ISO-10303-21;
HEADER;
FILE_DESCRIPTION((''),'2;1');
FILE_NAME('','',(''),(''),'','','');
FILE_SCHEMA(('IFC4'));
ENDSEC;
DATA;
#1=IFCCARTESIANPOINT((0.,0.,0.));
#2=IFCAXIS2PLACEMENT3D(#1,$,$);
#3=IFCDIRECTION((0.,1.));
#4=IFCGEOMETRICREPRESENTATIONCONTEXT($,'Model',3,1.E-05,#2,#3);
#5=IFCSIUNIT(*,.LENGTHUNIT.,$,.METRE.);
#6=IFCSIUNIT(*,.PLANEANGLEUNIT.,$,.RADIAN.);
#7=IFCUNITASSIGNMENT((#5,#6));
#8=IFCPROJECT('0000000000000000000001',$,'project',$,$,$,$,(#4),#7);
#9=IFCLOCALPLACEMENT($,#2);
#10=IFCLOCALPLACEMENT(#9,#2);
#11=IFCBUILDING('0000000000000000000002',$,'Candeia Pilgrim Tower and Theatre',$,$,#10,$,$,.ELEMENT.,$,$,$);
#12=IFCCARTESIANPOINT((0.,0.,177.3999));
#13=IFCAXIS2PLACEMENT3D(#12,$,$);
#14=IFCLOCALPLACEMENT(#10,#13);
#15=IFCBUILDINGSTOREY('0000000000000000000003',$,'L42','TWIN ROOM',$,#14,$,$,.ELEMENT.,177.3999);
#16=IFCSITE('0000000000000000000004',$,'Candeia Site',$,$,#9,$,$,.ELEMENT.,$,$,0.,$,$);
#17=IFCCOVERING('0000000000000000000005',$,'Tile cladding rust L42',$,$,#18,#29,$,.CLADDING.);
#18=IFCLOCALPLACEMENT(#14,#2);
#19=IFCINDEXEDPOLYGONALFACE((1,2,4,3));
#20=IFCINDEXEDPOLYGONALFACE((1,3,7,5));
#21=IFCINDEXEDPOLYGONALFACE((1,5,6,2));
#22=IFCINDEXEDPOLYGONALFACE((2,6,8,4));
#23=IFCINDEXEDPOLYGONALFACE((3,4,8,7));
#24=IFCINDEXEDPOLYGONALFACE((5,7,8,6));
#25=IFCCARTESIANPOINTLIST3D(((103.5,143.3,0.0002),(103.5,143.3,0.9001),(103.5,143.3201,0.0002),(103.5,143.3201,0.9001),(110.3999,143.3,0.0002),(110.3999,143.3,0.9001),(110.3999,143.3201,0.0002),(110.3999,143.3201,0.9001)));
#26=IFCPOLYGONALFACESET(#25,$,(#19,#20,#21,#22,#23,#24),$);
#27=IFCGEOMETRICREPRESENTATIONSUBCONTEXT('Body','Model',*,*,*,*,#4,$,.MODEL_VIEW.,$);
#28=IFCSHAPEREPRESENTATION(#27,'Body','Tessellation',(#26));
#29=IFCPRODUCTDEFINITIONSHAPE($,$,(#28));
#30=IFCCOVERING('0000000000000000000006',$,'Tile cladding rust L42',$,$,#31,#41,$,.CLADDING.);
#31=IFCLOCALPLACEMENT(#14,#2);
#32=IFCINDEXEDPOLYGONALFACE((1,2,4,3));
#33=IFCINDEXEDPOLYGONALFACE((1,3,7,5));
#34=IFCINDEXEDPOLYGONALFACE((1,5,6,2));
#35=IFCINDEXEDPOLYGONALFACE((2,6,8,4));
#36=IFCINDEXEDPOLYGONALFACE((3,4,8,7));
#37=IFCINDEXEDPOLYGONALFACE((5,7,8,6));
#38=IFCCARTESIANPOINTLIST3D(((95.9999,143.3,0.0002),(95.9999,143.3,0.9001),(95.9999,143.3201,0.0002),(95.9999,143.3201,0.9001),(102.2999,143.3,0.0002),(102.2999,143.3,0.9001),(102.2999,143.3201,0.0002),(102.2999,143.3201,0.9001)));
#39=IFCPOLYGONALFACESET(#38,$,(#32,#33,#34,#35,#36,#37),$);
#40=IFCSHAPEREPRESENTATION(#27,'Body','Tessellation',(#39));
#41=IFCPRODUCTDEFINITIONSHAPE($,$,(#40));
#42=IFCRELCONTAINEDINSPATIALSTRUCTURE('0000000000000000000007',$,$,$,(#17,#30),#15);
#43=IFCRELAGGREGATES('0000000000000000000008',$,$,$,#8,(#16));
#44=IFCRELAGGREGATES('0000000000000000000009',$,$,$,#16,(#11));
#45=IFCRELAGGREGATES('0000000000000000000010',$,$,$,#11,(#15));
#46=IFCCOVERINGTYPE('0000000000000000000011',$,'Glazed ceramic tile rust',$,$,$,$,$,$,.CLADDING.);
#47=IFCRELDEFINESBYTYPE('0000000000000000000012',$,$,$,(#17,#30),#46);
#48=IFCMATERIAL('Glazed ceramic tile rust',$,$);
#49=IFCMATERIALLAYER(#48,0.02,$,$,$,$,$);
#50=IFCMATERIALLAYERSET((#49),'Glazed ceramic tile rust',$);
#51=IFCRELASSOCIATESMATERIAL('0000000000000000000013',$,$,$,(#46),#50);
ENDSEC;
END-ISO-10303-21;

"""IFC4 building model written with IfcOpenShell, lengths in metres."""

from ifc_helpers import new_model, si_unit, direction, frame, origin, origin_2d, place, context, subcontext, project, spatial, rectangle, extrude, material, layer, layer_set, type_object, element, save


model = new_model("IFC4")

# Units and contexts
model_context = context("Model", 3, precision=1e-05, world=origin(), true_north=direction((0.0, 1.0)))
body_context = subcontext(model_context, "Body", "Model", "MODEL_VIEW")
ifc_project = project(units=[si_unit("LENGTHUNIT", "METRE"), si_unit("PLANEANGLEUNIT", "RADIAN")], contexts=[model_context])

# Site, building, storey
site_placement = place(None, origin())
site = spatial("IfcSite", under=ifc_project, at=site_placement, Name="Candeia Site", CompositionType="ELEMENT", RefElevation=0.0)
building_placement = place(site_placement, origin())
building = spatial("IfcBuilding", under=site, at=building_placement, Name="Candeia Pilgrim Tower and Theatre", CompositionType="ELEMENT")
storey_placement = place(building_placement, frame((0.0, 0.0, 177.3999)))
storey = spatial("IfcBuildingStorey", under=building, at=storey_placement, Name="L42", Description="TWIN ROOM", CompositionType="ELEMENT", Elevation=177.3999)

# Coverings
ifc_material_1 = material(Name="Glazed ceramic tile rust")
ifc_layer_1 = layer(ifc_material_1, 0.02)
ifc_layer_set_1 = layer_set([ifc_layer_1], Name="Glazed ceramic tile rust")
covering_type = type_object("IfcCoveringType", Name="Glazed ceramic tile rust", PredefinedType="CLADDING", material=ifc_layer_set_1)
covering_1_placement = place(storey_placement, frame((106.95, 143.3101, 0.0002), z_axis=(0.0, 0.0, 1.0), x_axis=(-1.0, 0.0, 0.0)))
element("IfcCovering", 1, at=covering_1_placement, inside=storey, type_object=covering_type, Name="Tile cladding rust L42", PredefinedType="CLADDING", context=body_context, shape_type="SweptSolid", body=[
    extrude(rectangle(XDim=6.8999, YDim=0.02, at=origin_2d()), origin(), (0.0, 0.0, 1.0), 0.8999),
])
covering_2_placement = place(storey_placement, frame((99.1499, 143.3101, 0.0002), z_axis=(0.0, 0.0, 1.0), x_axis=(-1.0, 0.0, 0.0)))
element("IfcCovering", 2, at=covering_2_placement, inside=storey, type_object=covering_type, Name="Tile cladding rust L42", PredefinedType="CLADDING", context=body_context, shape_type="SweptSolid", body=[
    extrude(rectangle(XDim=6.3, YDim=0.02, at=origin_2d()), origin(), (0.0, 0.0, 1.0), 0.8999),
])

save(model, "model.ifc")
